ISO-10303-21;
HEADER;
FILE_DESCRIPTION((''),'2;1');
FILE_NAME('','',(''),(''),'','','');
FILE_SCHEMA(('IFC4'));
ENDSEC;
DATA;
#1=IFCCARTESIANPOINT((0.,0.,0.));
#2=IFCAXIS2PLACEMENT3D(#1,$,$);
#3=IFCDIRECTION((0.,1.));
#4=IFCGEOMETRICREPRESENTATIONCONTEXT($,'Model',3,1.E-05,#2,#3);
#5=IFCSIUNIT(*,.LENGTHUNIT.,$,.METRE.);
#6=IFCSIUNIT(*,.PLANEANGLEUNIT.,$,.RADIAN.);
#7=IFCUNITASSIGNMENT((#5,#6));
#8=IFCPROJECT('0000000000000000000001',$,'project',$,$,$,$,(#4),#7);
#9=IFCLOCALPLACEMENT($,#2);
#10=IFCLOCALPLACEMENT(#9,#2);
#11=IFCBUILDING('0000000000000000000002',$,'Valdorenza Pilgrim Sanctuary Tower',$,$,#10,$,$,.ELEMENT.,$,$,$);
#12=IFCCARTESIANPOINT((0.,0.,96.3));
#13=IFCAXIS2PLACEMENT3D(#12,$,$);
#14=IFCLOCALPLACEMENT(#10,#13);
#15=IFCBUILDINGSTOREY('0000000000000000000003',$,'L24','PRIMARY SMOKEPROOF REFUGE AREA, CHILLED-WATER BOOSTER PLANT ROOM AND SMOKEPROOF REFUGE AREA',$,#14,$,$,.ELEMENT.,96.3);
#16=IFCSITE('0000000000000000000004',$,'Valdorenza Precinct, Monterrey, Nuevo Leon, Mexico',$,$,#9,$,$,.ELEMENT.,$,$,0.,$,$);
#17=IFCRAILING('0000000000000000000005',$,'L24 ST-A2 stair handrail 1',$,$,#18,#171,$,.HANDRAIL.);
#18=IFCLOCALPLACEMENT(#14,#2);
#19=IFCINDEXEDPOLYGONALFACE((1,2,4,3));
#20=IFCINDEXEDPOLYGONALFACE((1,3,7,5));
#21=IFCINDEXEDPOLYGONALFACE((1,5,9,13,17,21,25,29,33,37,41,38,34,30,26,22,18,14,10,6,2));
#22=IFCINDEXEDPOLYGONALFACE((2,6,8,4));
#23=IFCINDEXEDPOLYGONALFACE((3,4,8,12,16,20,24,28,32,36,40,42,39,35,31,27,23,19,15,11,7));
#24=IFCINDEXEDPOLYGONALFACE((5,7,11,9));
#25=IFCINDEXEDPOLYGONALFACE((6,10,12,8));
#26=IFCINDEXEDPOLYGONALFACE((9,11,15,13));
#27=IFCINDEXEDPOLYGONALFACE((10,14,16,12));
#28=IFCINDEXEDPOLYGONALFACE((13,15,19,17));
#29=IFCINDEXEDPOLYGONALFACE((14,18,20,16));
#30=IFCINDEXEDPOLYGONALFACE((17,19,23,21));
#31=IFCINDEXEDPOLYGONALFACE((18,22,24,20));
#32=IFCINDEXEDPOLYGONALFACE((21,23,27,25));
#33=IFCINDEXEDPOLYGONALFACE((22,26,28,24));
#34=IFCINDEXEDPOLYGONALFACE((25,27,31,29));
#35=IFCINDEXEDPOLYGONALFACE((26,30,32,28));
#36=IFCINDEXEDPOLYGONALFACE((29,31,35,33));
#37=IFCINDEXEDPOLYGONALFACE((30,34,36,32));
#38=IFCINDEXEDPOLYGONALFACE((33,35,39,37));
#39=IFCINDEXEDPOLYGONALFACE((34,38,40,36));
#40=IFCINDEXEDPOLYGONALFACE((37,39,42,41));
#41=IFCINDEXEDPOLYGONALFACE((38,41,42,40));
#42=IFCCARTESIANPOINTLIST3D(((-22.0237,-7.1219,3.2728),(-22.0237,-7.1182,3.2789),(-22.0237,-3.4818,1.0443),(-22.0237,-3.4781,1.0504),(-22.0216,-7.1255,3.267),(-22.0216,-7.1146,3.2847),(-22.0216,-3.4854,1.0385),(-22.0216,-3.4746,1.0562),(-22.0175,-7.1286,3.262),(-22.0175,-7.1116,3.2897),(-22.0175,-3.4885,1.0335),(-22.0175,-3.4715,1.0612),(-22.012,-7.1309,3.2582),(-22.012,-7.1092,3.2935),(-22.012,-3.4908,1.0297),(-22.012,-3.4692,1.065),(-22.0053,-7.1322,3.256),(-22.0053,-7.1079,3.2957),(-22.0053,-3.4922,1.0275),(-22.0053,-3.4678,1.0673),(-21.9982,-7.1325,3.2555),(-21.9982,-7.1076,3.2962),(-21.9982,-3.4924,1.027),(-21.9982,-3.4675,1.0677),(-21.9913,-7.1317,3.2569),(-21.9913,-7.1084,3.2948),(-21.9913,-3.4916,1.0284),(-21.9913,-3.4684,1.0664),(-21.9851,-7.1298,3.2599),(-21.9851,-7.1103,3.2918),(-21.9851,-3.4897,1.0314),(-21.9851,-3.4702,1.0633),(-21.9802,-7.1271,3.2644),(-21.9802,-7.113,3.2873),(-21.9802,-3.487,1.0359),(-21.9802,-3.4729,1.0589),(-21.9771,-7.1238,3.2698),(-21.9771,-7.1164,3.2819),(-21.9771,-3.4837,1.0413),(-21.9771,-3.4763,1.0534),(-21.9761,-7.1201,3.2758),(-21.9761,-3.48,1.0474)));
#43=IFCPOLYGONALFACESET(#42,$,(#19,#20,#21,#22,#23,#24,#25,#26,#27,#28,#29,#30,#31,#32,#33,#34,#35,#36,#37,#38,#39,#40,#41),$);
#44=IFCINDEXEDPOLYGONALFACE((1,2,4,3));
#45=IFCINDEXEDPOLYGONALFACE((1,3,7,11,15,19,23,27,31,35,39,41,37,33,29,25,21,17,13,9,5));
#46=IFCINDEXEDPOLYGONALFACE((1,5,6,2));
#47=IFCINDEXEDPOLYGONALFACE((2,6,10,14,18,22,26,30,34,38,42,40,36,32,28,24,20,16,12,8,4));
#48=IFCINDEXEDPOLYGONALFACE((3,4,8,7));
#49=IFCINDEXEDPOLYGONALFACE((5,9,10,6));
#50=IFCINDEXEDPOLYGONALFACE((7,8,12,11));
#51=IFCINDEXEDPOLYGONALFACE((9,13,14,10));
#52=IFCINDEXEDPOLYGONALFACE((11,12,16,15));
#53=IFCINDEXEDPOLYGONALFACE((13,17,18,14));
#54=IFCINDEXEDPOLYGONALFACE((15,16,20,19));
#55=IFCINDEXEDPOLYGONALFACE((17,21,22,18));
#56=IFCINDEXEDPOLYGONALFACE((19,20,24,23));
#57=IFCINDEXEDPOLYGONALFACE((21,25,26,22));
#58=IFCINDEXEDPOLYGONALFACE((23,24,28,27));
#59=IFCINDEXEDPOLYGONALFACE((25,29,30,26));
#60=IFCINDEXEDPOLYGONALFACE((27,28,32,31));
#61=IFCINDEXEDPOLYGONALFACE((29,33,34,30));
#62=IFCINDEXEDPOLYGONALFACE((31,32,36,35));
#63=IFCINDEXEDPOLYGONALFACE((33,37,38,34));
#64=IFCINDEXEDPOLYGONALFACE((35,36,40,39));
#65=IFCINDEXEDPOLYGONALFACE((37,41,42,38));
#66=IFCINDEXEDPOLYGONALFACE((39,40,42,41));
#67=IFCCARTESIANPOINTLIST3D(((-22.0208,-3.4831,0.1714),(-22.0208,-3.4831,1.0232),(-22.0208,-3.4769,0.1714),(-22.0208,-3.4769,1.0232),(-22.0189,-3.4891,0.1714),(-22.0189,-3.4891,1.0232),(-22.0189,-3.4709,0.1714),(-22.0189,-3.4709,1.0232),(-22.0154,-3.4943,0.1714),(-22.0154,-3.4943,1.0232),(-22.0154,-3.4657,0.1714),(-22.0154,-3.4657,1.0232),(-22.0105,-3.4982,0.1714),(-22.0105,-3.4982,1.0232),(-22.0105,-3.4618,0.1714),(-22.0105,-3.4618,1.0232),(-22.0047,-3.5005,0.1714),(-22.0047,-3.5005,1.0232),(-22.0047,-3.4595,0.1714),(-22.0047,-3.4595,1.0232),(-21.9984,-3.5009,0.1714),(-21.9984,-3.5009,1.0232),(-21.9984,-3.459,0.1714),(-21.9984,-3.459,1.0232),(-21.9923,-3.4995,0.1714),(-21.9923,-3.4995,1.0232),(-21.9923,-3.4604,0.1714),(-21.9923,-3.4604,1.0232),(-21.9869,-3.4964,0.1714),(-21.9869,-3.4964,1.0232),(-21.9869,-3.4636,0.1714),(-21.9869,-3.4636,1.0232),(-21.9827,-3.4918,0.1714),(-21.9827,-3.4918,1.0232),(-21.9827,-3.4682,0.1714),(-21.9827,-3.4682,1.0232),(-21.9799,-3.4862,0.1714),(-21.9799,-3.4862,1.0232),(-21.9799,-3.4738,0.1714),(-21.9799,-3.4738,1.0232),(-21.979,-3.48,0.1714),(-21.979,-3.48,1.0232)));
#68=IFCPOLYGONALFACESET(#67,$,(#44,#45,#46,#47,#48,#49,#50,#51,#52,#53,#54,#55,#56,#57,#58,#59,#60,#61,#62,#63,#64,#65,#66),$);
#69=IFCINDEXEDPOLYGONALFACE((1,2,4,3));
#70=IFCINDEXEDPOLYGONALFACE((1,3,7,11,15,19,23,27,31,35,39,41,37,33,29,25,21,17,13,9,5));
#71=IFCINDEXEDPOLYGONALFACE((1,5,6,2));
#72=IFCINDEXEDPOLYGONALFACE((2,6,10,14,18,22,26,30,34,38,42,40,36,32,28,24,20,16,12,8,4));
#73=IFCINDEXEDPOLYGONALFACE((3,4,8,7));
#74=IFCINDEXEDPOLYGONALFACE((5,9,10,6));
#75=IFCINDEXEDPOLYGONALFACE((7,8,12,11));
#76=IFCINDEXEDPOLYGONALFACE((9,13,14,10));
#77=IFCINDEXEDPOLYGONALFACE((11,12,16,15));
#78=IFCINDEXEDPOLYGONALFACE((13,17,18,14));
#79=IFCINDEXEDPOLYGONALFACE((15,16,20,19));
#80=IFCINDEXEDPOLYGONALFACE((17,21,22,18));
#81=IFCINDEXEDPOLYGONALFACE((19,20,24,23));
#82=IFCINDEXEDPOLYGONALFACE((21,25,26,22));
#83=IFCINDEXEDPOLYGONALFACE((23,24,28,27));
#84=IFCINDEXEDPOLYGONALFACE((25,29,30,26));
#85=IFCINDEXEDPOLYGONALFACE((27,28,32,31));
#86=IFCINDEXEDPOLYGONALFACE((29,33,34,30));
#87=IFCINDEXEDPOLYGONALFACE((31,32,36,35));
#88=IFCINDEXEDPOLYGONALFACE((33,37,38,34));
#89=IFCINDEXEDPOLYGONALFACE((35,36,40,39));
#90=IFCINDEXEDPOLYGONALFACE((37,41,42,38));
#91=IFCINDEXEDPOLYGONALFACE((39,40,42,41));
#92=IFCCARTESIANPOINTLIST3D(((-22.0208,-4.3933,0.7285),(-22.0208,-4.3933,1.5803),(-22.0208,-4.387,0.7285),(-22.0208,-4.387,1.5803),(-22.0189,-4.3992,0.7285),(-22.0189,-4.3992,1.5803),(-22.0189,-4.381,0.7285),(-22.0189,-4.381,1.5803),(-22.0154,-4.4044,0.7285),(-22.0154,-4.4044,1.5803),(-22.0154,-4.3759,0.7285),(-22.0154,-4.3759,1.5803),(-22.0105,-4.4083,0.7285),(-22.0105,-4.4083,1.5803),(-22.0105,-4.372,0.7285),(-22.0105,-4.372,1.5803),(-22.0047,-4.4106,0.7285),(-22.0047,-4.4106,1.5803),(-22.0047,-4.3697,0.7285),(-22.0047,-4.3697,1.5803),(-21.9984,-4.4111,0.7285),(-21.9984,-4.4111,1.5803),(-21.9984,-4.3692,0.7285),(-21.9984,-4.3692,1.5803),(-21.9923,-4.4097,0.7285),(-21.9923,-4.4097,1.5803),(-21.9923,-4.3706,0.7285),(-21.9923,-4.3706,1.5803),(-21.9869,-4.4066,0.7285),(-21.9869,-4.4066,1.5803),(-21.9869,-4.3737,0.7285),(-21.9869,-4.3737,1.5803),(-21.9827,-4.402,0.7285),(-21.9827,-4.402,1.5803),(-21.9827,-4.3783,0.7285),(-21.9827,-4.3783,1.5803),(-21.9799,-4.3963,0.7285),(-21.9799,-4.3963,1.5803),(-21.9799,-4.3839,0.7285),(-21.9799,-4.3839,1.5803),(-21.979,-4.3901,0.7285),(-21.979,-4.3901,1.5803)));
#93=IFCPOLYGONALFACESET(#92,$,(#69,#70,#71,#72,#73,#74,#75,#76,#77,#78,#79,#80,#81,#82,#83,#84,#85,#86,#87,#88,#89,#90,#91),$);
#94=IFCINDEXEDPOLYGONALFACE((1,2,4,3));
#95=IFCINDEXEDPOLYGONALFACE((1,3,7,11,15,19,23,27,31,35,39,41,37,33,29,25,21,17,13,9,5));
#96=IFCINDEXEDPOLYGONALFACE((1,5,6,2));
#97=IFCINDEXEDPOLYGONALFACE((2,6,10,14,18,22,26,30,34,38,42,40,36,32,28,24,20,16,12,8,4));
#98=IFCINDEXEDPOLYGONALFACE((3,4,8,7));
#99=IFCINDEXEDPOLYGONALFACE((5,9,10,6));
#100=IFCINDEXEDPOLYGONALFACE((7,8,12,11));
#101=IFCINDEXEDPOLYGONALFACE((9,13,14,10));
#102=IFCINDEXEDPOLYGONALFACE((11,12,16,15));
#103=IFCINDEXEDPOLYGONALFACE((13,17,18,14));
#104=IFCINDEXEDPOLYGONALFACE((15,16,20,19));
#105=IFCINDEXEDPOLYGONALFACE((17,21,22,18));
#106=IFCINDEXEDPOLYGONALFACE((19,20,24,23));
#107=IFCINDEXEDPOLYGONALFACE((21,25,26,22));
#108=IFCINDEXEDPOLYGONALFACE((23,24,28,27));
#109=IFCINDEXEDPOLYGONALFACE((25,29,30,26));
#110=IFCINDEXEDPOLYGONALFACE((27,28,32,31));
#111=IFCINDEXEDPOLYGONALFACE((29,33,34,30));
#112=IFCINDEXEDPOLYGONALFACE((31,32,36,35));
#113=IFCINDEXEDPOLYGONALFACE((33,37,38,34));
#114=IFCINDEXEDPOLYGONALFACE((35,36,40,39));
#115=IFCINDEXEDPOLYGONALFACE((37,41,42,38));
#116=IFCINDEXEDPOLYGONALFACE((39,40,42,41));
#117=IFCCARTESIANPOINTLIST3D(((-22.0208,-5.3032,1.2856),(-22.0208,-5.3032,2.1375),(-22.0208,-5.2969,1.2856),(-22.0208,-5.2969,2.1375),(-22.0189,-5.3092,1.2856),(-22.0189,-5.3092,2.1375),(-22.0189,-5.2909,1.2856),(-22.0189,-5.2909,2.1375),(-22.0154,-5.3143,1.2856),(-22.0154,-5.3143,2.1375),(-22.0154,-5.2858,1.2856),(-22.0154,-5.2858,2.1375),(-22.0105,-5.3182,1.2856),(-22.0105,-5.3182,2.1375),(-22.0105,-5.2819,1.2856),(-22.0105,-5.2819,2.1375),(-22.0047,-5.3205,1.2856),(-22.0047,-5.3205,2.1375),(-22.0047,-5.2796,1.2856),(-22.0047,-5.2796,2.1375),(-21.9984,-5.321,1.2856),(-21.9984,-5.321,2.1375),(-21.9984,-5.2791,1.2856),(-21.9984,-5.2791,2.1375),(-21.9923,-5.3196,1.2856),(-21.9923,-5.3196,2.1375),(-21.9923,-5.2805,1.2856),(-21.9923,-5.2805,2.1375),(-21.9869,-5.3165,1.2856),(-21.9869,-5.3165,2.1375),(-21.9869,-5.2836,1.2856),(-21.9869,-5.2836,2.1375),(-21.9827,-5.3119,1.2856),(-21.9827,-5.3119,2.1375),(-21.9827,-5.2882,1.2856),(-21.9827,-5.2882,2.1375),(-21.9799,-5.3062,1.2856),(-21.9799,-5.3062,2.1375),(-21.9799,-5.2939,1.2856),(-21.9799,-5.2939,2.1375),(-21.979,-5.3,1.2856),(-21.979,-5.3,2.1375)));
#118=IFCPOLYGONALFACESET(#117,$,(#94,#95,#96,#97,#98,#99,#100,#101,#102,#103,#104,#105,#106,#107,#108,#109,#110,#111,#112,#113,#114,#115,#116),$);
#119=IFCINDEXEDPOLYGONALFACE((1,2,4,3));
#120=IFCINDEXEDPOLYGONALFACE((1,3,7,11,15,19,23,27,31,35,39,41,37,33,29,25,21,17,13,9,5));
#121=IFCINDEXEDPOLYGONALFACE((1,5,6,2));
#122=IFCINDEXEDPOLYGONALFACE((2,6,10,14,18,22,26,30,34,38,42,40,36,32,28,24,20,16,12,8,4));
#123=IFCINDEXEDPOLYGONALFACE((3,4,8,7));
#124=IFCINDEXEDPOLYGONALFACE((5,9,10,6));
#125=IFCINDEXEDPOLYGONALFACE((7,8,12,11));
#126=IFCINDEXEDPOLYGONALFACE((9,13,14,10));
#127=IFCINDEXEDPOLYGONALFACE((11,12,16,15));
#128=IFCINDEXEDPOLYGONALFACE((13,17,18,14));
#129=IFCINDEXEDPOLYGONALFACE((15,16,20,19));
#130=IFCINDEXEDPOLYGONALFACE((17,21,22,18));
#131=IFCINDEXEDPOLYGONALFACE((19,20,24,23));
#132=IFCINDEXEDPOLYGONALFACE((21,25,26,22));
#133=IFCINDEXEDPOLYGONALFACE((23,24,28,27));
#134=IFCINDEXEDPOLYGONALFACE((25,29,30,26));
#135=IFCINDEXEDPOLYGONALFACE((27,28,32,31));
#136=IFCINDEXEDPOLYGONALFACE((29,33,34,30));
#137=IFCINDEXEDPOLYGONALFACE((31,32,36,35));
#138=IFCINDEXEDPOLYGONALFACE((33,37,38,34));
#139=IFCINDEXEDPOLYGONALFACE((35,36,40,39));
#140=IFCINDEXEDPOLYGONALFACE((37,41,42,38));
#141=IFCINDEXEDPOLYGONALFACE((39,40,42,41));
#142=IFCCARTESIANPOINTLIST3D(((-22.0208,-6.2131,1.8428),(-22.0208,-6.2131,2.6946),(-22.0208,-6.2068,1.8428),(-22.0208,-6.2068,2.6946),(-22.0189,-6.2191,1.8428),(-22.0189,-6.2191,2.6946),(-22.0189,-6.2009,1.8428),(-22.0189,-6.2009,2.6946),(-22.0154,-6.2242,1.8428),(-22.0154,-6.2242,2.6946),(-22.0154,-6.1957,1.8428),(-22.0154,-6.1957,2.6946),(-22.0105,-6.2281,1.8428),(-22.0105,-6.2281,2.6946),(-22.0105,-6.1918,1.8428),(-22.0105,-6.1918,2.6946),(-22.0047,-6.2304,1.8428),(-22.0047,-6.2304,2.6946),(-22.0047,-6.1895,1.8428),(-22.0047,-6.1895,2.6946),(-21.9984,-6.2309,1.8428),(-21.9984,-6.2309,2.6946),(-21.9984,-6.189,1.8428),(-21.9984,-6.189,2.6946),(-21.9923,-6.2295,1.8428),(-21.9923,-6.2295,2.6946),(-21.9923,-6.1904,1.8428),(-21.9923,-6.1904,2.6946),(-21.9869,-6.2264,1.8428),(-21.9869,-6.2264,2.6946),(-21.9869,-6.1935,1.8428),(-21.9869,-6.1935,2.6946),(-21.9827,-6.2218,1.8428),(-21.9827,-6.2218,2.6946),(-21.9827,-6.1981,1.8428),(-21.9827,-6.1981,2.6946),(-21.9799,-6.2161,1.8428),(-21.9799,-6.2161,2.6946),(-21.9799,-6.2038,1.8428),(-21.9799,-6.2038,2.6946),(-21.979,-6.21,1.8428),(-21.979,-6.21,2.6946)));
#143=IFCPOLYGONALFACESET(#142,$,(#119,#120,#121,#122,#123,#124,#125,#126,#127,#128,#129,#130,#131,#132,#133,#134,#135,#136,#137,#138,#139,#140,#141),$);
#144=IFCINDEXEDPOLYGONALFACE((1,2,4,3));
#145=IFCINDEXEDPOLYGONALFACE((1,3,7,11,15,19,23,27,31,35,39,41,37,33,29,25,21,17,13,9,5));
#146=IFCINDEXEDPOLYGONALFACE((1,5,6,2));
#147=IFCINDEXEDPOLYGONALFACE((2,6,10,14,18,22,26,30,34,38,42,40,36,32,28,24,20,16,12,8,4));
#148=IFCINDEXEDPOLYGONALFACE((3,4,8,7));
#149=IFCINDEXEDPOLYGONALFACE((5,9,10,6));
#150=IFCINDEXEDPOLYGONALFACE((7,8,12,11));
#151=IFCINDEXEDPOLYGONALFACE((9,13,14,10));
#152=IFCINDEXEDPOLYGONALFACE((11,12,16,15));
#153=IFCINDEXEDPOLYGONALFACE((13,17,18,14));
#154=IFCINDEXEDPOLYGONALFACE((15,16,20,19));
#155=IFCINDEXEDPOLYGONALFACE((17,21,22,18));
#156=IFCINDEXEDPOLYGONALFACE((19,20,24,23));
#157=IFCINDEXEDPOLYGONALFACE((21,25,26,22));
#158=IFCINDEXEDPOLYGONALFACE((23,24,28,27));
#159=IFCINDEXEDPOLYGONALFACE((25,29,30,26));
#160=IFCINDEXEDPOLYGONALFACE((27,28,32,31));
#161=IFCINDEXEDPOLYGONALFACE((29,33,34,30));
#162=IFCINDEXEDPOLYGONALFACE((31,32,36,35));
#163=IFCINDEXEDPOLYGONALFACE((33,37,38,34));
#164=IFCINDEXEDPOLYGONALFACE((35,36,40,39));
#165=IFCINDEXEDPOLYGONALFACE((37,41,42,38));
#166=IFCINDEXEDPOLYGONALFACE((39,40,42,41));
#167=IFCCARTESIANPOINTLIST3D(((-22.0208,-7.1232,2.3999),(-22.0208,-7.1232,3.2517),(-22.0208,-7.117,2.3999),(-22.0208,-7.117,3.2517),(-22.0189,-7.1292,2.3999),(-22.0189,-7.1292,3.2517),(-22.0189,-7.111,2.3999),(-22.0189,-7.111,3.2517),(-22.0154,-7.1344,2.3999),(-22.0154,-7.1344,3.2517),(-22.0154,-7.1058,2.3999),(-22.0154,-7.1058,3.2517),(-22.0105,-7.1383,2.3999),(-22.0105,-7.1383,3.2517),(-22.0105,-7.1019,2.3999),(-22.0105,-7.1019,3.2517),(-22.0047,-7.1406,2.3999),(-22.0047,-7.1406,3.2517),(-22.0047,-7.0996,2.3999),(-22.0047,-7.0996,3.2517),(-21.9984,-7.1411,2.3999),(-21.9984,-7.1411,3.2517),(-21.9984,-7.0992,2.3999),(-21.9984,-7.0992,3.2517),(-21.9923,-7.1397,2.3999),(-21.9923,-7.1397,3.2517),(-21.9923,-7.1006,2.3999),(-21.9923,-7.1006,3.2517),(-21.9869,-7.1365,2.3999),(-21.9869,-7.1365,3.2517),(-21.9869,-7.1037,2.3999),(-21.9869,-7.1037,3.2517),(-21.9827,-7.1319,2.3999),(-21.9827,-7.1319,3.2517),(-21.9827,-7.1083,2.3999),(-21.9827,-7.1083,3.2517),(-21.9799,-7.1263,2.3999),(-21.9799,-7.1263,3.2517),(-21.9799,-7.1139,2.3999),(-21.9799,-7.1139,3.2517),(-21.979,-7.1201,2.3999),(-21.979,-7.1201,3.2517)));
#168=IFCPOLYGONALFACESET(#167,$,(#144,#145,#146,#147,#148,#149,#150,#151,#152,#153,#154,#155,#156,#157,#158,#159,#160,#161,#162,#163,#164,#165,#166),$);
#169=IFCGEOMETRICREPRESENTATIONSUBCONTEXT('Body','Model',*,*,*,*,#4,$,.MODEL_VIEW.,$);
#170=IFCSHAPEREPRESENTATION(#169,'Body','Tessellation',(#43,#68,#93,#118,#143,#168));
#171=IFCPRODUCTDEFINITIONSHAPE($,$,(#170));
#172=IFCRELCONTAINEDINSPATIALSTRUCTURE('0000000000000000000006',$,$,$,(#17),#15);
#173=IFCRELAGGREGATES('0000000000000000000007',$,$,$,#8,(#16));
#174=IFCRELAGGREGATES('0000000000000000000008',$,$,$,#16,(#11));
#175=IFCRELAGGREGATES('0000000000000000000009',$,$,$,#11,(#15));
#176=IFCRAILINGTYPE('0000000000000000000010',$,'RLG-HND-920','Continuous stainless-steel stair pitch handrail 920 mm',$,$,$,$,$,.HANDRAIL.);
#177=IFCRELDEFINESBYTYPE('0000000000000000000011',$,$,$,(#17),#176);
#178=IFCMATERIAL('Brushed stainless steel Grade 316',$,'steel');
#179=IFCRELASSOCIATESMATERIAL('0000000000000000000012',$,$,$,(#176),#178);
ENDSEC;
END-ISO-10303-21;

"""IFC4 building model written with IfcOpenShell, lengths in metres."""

from ifc_helpers import new_model, si_unit, direction, frame, origin, origin_2d, place, context, subcontext, project, spatial, circle, extrude, material, type_object, element, save


model = new_model("IFC4")

# Units and contexts
model_context = context("Model", 3, precision=1e-05, world=origin(), true_north=direction((0.0, 1.0)))
body_context = subcontext(model_context, "Body", "Model", "MODEL_VIEW")
ifc_project = project(units=[si_unit("LENGTHUNIT", "METRE"), si_unit("PLANEANGLEUNIT", "RADIAN")], contexts=[model_context])

# Site, building, storey
site_placement = place(None, origin())
site = spatial("IfcSite", under=ifc_project, at=site_placement, Name="Valdorenza Precinct, Monterrey, Nuevo Leon, Mexico", CompositionType="ELEMENT", RefElevation=0.0)
building_placement = place(site_placement, origin())
building = spatial("IfcBuilding", under=site, at=building_placement, Name="Valdorenza Pilgrim Sanctuary Tower", CompositionType="ELEMENT")
storey_placement = place(building_placement, frame((0.0, 0.0, 96.3)))
storey = spatial("IfcBuildingStorey", under=building, at=storey_placement, Name="L24", Description="PRIMARY SMOKEPROOF REFUGE AREA, CHILLED-WATER BOOSTER PLANT ROOM AND SMOKEPROOF REFUGE AREA", CompositionType="ELEMENT", Elevation=96.3)

# Shared definitions
ifc_material_1 = material(Name="Brushed stainless steel Grade 316", Category="steel")

# Railing
railing_type_1 = type_object("IfcRailingType", Name="RLG-HND-920", Description="Continuous stainless-steel stair pitch handrail 920 mm", PredefinedType="HANDRAIL", material=ifc_material_1)
railing_1_placement = place(storey_placement, frame((-22.0, -3.48, 0.1714)))
element("IfcRailing", 1, at=railing_1_placement, inside=storey, type_object=railing_type_1, Name="L24 ST-A2 stair handrail 1", PredefinedType="HANDRAIL", context=body_context, shape_type="SweptSolid", body=[
    extrude(circle(Radius=0.0239, at=origin_2d()), frame((0.0, 0.0, 0.876), z_axis=(0.0, -0.852866, 0.52213), x_axis=(1.0, 0.0, 0.0)), (0.0, 0.0, 1.0), 4.2681),
    extrude(circle(Radius=0.021, at=origin_2d()), origin(), (0.0, 0.0, 1.0), 0.8518),
    extrude(circle(Radius=0.021, at=origin_2d()), frame((0.0, -0.9102, 0.5571)), (0.0, 0.0, 1.0), 0.8518),
    extrude(circle(Radius=0.021, at=origin_2d()), frame((0.0, -1.8201, 1.1143)), (0.0, 0.0, 1.0), 0.8518),
    extrude(circle(Radius=0.021, at=origin_2d()), frame((0.0, -2.73, 1.6714)), (0.0, 0.0, 1.0), 0.8518),
    extrude(circle(Radius=0.021, at=origin_2d()), frame((0.0, -3.6401, 2.2285)), (0.0, 0.0, 1.0), 0.8518),
])

save(model, "model.ifc")
